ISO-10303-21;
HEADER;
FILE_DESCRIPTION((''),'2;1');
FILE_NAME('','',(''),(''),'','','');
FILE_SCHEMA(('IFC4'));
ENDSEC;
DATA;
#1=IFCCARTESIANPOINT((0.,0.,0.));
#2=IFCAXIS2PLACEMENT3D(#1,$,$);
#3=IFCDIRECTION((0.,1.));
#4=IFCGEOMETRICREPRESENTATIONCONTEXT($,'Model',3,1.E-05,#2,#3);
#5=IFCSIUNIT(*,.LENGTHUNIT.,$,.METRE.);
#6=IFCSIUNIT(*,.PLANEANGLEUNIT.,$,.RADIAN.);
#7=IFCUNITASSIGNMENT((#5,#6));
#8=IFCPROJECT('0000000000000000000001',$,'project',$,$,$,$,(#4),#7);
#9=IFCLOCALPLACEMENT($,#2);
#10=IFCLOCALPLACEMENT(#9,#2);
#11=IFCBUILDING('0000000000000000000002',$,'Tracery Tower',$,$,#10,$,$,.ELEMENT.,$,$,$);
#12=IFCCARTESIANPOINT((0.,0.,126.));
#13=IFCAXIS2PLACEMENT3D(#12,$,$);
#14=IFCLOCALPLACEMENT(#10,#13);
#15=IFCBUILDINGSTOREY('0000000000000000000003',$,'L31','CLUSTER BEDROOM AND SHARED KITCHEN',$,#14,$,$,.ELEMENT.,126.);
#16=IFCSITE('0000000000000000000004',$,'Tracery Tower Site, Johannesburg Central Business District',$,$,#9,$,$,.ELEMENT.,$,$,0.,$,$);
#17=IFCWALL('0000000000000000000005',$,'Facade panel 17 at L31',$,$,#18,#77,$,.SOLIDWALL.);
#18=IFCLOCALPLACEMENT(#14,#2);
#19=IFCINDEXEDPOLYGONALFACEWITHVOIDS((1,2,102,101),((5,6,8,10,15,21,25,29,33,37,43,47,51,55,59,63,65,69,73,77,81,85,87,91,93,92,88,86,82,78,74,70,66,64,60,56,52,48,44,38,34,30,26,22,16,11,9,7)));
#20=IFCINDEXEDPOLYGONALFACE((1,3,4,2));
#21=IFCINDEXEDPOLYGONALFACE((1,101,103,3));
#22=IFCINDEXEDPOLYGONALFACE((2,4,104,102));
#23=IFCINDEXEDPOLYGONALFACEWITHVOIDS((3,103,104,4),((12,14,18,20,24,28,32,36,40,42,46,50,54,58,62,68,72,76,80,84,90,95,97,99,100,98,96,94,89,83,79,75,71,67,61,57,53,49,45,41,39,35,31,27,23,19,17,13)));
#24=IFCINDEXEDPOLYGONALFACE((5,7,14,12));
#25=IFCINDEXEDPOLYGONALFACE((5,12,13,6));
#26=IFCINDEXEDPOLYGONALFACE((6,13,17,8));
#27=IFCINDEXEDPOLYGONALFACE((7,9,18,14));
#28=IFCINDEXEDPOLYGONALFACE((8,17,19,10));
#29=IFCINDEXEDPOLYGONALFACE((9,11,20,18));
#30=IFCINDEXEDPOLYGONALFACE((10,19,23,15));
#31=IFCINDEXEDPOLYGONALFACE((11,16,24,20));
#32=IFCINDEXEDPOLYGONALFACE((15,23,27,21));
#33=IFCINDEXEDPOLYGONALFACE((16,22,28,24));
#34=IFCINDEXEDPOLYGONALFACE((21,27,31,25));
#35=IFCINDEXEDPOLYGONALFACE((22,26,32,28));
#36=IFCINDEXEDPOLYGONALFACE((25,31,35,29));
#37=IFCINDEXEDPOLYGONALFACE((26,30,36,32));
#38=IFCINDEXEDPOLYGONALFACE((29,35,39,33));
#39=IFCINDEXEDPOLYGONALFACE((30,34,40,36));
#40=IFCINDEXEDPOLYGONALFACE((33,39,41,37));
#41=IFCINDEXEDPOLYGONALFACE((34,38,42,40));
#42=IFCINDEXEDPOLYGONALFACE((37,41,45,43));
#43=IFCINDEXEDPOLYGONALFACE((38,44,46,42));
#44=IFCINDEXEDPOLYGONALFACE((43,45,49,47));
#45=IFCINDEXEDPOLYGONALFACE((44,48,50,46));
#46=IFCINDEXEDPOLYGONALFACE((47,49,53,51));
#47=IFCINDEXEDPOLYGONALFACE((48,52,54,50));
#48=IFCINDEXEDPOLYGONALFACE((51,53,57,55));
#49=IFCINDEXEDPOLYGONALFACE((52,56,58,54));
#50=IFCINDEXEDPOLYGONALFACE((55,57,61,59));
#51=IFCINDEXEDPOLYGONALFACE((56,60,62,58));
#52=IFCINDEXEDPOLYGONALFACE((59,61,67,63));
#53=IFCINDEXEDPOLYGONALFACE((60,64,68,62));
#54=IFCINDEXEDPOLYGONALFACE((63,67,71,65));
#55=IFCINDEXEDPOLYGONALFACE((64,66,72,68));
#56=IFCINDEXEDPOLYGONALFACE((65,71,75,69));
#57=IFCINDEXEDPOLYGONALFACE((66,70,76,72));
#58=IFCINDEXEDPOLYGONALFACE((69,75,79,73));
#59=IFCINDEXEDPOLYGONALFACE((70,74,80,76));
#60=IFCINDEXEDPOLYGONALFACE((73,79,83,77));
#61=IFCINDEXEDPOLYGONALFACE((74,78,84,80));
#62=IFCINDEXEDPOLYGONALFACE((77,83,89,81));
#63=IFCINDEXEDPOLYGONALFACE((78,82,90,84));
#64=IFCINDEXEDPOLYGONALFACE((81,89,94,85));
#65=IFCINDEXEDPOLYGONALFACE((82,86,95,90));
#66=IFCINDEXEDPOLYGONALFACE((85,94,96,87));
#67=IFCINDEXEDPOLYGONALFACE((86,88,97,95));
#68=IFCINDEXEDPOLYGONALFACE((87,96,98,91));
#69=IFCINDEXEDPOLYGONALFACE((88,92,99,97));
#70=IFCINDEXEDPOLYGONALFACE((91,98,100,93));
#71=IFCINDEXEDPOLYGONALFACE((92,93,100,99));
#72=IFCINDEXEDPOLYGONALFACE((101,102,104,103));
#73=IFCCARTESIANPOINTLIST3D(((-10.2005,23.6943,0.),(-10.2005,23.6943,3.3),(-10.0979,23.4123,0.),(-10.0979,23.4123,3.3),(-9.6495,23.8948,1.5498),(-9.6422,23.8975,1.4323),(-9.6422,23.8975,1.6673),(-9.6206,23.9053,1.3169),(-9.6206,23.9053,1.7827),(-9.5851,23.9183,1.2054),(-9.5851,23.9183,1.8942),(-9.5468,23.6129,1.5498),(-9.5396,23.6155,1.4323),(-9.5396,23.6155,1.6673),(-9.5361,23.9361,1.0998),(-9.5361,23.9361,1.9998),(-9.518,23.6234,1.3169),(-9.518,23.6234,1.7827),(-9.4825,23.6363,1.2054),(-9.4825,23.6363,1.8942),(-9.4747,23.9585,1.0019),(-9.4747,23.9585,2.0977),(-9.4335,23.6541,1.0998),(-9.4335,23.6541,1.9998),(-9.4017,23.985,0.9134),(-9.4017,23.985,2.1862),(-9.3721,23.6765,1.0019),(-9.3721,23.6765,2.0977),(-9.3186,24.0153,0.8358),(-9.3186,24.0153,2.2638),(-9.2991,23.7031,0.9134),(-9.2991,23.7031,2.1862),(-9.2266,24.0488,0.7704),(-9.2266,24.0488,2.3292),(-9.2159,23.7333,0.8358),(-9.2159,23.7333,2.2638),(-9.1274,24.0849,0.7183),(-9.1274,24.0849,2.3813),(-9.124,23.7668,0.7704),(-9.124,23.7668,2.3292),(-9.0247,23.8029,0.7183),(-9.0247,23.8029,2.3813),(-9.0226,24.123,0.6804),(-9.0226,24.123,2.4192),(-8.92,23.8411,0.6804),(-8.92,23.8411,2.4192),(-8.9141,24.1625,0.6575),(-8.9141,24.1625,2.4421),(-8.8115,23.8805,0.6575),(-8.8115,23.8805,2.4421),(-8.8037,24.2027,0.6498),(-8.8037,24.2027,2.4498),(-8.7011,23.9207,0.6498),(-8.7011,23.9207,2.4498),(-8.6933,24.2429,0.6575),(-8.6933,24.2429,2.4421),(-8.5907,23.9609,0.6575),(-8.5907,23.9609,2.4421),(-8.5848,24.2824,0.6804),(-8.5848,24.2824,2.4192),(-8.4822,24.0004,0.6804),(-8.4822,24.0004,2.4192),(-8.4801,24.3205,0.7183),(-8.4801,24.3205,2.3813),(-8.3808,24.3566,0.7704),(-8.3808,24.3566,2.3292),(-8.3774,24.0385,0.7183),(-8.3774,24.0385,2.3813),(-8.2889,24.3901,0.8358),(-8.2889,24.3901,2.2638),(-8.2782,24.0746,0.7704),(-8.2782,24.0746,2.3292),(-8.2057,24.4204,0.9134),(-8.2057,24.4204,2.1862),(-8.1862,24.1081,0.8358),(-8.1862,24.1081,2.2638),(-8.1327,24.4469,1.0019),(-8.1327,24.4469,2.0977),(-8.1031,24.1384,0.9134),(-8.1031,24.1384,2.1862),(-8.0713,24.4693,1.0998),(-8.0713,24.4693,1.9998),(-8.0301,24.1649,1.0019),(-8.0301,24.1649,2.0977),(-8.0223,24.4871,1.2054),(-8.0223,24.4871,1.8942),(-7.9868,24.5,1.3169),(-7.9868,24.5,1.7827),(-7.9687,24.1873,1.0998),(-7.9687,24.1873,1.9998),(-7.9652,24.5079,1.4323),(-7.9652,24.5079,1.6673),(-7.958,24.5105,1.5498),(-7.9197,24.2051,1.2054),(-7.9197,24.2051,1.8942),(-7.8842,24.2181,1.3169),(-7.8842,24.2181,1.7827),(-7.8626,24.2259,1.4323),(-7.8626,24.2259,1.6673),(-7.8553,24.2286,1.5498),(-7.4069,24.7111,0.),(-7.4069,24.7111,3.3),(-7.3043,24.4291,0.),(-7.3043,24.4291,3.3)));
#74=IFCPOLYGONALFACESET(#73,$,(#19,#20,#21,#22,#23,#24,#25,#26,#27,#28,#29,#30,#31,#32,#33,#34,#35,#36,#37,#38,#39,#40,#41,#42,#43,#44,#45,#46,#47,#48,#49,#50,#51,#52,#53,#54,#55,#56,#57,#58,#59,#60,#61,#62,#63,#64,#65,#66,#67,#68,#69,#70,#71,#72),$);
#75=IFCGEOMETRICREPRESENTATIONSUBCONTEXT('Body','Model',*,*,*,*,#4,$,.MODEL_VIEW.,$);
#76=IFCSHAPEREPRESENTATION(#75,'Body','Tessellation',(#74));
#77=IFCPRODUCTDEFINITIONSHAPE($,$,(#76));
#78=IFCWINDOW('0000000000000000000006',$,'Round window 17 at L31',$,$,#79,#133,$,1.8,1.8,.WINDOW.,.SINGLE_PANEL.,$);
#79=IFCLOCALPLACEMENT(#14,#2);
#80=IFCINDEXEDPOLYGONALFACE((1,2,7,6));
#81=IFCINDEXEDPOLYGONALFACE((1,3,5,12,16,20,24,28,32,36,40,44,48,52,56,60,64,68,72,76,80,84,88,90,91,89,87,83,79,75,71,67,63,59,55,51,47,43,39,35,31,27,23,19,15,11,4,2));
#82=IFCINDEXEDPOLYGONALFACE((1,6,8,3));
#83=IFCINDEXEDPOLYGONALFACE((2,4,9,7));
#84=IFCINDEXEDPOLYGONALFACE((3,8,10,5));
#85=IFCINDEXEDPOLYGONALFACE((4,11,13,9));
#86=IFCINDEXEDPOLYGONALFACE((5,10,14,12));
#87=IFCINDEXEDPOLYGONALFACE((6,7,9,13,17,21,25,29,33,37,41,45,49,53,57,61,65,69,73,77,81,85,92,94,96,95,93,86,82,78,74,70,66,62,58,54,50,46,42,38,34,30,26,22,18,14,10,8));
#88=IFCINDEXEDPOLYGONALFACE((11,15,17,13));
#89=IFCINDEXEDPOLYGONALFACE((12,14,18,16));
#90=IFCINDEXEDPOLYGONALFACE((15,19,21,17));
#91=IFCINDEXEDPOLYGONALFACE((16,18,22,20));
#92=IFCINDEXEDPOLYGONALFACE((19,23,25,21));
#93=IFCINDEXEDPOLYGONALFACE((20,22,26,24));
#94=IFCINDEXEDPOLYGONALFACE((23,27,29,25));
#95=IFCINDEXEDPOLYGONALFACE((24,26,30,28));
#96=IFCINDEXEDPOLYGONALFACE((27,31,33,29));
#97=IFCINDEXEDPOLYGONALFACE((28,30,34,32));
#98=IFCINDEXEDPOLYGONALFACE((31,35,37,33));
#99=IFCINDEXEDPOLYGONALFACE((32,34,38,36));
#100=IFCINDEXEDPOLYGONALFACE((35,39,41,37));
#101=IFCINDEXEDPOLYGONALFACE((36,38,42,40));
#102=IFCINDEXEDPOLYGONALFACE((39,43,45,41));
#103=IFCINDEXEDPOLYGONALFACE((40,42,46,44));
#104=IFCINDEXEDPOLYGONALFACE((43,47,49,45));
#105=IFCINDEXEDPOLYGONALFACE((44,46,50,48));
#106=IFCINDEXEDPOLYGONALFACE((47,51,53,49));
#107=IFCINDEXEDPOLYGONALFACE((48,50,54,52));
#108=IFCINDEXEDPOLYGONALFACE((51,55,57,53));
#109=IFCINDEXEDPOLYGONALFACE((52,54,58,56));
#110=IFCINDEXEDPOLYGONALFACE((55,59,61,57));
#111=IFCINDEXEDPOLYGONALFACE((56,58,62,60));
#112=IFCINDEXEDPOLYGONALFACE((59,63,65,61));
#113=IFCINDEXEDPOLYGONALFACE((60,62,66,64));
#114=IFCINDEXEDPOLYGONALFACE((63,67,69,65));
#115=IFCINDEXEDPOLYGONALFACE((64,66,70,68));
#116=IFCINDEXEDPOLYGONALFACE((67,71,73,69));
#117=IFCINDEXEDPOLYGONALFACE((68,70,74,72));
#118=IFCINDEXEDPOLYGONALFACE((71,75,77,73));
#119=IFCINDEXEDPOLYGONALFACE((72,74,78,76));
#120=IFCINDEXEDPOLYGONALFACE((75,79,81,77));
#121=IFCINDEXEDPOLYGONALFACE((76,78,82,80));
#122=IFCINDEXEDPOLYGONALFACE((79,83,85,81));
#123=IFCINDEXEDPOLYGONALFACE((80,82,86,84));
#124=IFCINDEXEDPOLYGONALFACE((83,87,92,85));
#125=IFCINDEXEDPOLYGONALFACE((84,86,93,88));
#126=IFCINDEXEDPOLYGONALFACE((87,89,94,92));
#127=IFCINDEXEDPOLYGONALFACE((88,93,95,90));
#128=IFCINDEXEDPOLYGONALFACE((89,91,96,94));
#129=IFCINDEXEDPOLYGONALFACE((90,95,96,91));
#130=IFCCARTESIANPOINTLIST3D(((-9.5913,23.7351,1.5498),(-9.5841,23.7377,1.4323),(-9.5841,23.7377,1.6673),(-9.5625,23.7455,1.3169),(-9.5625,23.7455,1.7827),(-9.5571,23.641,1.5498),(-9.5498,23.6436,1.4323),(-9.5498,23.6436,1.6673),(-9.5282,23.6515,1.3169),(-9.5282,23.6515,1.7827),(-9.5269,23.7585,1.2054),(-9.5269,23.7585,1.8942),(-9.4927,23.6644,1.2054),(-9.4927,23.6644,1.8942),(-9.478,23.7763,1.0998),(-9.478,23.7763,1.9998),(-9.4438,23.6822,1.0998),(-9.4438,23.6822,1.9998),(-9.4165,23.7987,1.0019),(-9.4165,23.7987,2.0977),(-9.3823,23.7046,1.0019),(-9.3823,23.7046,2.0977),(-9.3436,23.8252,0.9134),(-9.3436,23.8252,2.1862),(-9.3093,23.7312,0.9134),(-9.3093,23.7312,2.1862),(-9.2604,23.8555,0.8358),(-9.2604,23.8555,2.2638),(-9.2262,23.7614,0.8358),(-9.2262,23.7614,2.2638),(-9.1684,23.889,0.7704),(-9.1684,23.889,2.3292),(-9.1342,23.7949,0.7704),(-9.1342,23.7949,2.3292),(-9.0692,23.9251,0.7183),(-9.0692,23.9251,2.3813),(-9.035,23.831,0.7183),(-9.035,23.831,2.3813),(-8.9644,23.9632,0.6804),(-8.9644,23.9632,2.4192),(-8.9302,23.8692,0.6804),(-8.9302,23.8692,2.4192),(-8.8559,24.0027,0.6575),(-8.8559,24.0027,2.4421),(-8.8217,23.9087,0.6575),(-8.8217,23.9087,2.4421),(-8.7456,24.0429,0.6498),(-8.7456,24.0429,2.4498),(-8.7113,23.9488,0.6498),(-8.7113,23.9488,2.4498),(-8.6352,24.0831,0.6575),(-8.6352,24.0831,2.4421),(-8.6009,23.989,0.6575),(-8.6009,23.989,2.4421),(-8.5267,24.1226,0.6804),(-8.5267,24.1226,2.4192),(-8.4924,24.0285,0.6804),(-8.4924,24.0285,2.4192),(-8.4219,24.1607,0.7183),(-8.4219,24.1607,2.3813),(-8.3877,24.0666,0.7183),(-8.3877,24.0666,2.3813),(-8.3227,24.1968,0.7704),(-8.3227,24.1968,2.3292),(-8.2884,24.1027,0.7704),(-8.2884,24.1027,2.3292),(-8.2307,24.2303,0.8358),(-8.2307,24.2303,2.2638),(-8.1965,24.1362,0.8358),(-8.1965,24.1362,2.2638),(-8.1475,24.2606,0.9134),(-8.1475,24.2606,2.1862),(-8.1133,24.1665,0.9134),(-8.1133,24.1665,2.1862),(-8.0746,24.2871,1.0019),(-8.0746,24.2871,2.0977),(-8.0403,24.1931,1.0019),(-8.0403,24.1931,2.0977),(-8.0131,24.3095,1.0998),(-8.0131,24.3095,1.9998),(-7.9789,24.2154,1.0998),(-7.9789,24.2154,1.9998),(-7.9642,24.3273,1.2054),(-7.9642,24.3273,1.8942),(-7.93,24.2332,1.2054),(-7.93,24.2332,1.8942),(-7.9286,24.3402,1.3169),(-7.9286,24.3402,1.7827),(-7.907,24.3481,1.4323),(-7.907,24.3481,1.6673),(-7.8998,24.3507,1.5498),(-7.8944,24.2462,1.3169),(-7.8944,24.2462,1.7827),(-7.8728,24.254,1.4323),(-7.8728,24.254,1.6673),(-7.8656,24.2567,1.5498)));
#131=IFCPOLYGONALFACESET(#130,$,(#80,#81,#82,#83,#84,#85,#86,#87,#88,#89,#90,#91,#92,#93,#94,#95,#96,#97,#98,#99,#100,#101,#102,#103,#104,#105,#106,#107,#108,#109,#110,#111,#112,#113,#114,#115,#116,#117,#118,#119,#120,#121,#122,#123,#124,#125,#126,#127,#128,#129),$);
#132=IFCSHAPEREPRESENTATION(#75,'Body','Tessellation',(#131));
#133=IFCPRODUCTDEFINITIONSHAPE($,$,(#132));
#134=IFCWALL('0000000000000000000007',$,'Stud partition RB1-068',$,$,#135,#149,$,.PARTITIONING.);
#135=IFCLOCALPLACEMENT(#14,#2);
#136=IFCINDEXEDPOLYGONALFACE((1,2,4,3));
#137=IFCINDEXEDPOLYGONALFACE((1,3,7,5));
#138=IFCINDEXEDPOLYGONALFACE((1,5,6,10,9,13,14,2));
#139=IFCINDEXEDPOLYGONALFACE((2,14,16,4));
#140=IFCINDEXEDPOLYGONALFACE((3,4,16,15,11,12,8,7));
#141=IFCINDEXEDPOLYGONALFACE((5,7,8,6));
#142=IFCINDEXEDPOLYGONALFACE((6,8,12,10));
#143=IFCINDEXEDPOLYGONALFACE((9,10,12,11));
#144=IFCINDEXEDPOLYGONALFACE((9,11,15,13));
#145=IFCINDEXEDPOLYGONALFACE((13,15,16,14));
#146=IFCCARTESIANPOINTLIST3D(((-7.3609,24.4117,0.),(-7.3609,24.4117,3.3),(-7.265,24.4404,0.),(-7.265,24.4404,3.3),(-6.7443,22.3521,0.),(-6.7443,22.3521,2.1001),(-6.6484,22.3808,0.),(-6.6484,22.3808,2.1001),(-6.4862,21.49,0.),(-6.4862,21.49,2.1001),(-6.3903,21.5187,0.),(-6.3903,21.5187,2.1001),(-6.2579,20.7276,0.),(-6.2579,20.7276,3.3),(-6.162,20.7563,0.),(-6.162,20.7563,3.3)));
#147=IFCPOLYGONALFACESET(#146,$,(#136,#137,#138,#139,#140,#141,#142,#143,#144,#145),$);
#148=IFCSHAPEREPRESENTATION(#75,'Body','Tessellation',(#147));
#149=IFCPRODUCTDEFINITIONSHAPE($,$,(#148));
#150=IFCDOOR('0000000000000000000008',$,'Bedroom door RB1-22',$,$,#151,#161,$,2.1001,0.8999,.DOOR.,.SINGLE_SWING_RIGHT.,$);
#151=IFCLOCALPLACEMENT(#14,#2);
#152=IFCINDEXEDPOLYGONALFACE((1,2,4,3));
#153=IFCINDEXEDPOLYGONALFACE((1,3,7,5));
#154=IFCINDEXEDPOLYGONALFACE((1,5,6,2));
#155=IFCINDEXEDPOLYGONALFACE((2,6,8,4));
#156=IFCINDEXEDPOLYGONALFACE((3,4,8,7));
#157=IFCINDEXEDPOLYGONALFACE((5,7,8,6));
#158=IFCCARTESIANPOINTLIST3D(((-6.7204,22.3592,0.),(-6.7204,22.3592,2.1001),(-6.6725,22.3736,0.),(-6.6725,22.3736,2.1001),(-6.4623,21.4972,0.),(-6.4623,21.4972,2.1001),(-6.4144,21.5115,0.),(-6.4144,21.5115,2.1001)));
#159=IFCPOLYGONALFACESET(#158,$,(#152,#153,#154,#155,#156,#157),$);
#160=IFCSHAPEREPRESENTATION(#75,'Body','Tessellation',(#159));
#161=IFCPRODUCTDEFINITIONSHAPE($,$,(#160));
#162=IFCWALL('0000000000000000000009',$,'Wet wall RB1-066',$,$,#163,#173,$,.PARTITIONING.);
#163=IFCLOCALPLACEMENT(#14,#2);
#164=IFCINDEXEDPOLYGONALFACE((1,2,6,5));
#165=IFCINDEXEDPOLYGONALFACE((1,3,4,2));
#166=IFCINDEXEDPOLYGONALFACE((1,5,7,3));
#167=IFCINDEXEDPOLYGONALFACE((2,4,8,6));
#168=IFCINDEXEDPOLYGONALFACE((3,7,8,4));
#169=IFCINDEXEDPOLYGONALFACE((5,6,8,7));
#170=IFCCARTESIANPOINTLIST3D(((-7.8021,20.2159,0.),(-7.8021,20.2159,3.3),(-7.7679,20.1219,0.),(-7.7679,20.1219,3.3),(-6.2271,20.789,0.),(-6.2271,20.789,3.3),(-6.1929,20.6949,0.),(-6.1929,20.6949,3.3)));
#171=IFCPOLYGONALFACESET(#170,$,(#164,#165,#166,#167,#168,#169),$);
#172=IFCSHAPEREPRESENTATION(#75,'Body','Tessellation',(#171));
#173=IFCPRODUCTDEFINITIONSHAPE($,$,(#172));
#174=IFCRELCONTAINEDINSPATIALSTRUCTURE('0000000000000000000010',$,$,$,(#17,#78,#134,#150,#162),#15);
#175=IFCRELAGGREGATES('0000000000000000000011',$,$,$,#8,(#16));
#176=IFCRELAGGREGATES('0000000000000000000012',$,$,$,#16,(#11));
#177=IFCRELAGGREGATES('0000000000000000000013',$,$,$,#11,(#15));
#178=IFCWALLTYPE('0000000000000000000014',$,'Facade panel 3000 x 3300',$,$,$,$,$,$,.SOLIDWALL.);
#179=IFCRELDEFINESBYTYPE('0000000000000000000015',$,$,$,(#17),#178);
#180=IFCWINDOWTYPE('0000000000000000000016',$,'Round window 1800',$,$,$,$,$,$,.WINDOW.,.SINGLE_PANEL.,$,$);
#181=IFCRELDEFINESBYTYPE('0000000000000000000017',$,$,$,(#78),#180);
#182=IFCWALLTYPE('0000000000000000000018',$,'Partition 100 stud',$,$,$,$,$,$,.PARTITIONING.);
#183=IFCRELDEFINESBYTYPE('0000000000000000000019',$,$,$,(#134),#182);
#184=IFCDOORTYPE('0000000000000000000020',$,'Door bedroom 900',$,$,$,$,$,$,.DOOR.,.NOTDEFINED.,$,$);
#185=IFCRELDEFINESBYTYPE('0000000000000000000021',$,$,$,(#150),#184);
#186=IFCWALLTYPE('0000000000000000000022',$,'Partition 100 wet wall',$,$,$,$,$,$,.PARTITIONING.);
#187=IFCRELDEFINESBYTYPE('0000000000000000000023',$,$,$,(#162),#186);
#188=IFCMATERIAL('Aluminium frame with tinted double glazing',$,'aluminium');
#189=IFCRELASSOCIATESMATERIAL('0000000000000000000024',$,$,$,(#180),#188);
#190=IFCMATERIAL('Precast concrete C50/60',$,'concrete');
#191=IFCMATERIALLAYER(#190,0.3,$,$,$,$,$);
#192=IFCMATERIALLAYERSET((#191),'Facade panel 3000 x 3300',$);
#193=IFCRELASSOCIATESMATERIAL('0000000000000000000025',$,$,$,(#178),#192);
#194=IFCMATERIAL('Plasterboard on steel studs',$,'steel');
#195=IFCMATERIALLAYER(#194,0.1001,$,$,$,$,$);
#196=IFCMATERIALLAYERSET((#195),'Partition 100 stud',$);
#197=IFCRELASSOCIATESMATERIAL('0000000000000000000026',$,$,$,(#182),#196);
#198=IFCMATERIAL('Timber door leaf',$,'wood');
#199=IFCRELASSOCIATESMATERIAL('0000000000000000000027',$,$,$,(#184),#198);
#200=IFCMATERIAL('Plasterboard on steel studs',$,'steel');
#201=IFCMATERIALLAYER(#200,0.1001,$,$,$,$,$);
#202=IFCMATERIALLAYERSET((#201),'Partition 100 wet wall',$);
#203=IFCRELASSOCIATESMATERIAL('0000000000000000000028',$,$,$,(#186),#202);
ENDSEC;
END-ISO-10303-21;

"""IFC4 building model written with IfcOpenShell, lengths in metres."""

from ifc_helpers import new_model, si_unit, direction, frame, frame_2d, origin, origin_2d, place, context, subcontext, project, spatial, rectangle, circle, extrude, material, layer, layer_set, type_object, element, fill, save


model = new_model("IFC4")

# Units and contexts
model_context = context("Model", 3, precision=1e-05, world=origin(), true_north=direction((0.0, 1.0)))
body_context = subcontext(model_context, "Body", "Model", "MODEL_VIEW")
ifc_project = project(units=[si_unit("LENGTHUNIT", "METRE"), si_unit("PLANEANGLEUNIT", "RADIAN")], contexts=[model_context])

# Site, building, storey
site_placement = place(None, origin())
site = spatial("IfcSite", under=ifc_project, at=site_placement, Name="Tracery Tower Site, Johannesburg Central Business District", CompositionType="ELEMENT", RefElevation=0.0)
building_placement = place(site_placement, origin())
building = spatial("IfcBuilding", under=site, at=building_placement, Name="Tracery Tower", CompositionType="ELEMENT")
storey_placement = place(building_placement, frame((0.0, 0.0, 126.0)))
storey = spatial("IfcBuildingStorey", under=building, at=storey_placement, Name="L31", Description="CLUSTER BEDROOM AND SHARED KITCHEN", CompositionType="ELEMENT", Elevation=126.0)

# Wall, opening, window
ifc_material_1 = material(Name="Aluminium frame with tinted double glazing", Category="aluminium")
window_type = type_object("IfcWindowType", Name="Round window 1800", PartitioningType="SINGLE_PANEL", PredefinedType="WINDOW", material=ifc_material_1)
ifc_material_2 = material(Name="Precast concrete C50/60", Category="concrete")
ifc_layer_1 = layer(ifc_material_2, 0.3)
ifc_layer_set_1 = layer_set([ifc_layer_1], Name="Facade panel 3000 x 3300")
wall_type_1 = type_object("IfcWallType", Name="Facade panel 3000 x 3300", PredefinedType="SOLIDWALL", material=ifc_layer_set_1)
wall_1_placement = place(storey_placement, frame((-7.3557, 24.5701, 0.0), z_axis=(0.0, 0.0, 1.0), x_axis=(-0.93969, -0.342027, 0.0)))
wall_1 = element("IfcWall", 1, at=wall_1_placement, inside=storey, type_object=wall_type_1, Name="Facade panel 17 at L31", PredefinedType="SOLIDWALL", context=body_context, shape_type="SweptSolid", body=[
    extrude(rectangle(XDim=2.9729, YDim=0.3, at=frame_2d((1.4863, 0.0))), origin(), (0.0, 0.0, 1.0), 3.3),
])
opening_1_placement = place(wall_1_placement, frame((1.4863, 0.0, 1.5498)))
opening_1 = element("IfcOpeningElement", 2, at=opening_1_placement, cuts=wall_1, PredefinedType="OPENING", context=body_context, shape_type="SweptSolid", body=[
    extrude(circle(Radius=0.9, at=origin_2d()), frame((0.0, 0.1599, 0.0), z_axis=(0.0, -1.0, 0.0), x_axis=(1.0, 0.0, 0.0)), (0.0, 0.0, 1.0), 0.3201),
])
window_1_placement = place(opening_1_placement, origin())
window_1 = element("IfcWindow", 3, at=window_1_placement, inside=storey, type_object=window_type, Name="Round window 17 at L31", OverallHeight=1.8, OverallWidth=1.8, PartitioningType="SINGLE_PANEL", PredefinedType="WINDOW", context=body_context, shape_type="SweptSolid", body=[
    extrude(circle(Radius=0.9, at=origin_2d()), frame((0.0, 0.1201, 0.0), z_axis=(0.0, -1.0, 0.0), x_axis=(1.0, 0.0, 0.0)), (0.0, 0.0, 1.0), 0.1001),
])
fill(opening_1, window_1)

# Wall, opening, door
ifc_material_3 = material(Name="Plasterboard on steel studs", Category="steel")
ifc_layer_2 = layer(ifc_material_3, 0.1001)
ifc_layer_set_2 = layer_set([ifc_layer_2], Name="Partition 100 stud")
wall_type_2 = type_object("IfcWallType", Name="Partition 100 stud", PredefinedType="PARTITIONING", material=ifc_layer_set_2)
wall_2_placement = place(storey_placement, frame((-7.313, 24.426, 0.0), z_axis=(0.0, 0.0, 1.0), x_axis=(0.286824, -0.957983, 0.0)))
wall_2 = element("IfcWall", 4, at=wall_2_placement, inside=storey, type_object=wall_type_2, Name="Stud partition RB1-068", PredefinedType="PARTITIONING", context=body_context, shape_type="SweptSolid", body=[
    extrude(rectangle(XDim=3.8457, YDim=0.1001, at=frame_2d((1.9229, 0.0))), origin(), (0.0, 0.0, 1.0), 3.3),
])
opening_2_placement = place(wall_2_placement, frame((2.1499, 0.0, 0.0)))
opening_2 = element("IfcOpeningElement", 5, at=opening_2_placement, cuts=wall_2, PredefinedType="OPENING", context=body_context, shape_type="SweptSolid", body=[
    extrude(rectangle(XDim=0.8999, YDim=2.1001, at=frame_2d((0.45, 1.05))), frame((0.0, 0.05, 0.0), z_axis=(0.0, -1.0, 0.0), x_axis=(1.0, 0.0, 0.0)), (0.0, 0.0, 1.0), 0.1001),
])
ifc_material_4 = material(Name="Timber door leaf", Category="wood")
door_type_1 = type_object("IfcDoorType", Name="Door bedroom 900", OperationType="NOTDEFINED", PredefinedType="DOOR", material=ifc_material_4)
door_1_placement = place(opening_2_placement, origin())
door_1 = element("IfcDoor", 6, at=door_1_placement, inside=storey, type_object=door_type_1, Name="Bedroom door RB1-22", OperationType="SINGLE_SWING_RIGHT", OverallHeight=2.1001, OverallWidth=0.8999, PredefinedType="DOOR", context=body_context, shape_type="SweptSolid", body=[
    extrude(rectangle(XDim=0.8999, YDim=2.1001, at=frame_2d((0.45, 1.05))), frame((0.0, 0.0249, 0.0), z_axis=(0.0, -1.0, 0.0), x_axis=(1.0, 0.0, 0.0)), (0.0, 0.0, 1.0), 0.05),
])
fill(opening_2, door_1)

# Wall
ifc_material_5 = material(Name="Plasterboard on steel studs", Category="steel")
ifc_layer_3 = layer(ifc_material_5, 0.1001)
ifc_layer_set_3 = layer_set([ifc_layer_3], Name="Partition 100 wet wall")
wall_type_3 = type_object("IfcWallType", Name="Partition 100 wet wall", PredefinedType="PARTITIONING", material=ifc_layer_set_3)
wall_3_placement = place(storey_placement, frame((-7.7849, 20.1689, 0.0), z_axis=(0.0, 0.0, 1.0), x_axis=(0.939738, 0.341895, 0.0)))
element("IfcWall", 7, at=wall_3_placement, inside=storey, type_object=wall_type_3, Name="Wet wall RB1-066", PredefinedType="PARTITIONING", context=body_context, shape_type="SweptSolid", body=[
    extrude(rectangle(XDim=1.676, YDim=0.1001, at=frame_2d((0.8379, 0.0))), origin(), (0.0, 0.0, 1.0), 3.3),
])

save(model, "model.ifc")
